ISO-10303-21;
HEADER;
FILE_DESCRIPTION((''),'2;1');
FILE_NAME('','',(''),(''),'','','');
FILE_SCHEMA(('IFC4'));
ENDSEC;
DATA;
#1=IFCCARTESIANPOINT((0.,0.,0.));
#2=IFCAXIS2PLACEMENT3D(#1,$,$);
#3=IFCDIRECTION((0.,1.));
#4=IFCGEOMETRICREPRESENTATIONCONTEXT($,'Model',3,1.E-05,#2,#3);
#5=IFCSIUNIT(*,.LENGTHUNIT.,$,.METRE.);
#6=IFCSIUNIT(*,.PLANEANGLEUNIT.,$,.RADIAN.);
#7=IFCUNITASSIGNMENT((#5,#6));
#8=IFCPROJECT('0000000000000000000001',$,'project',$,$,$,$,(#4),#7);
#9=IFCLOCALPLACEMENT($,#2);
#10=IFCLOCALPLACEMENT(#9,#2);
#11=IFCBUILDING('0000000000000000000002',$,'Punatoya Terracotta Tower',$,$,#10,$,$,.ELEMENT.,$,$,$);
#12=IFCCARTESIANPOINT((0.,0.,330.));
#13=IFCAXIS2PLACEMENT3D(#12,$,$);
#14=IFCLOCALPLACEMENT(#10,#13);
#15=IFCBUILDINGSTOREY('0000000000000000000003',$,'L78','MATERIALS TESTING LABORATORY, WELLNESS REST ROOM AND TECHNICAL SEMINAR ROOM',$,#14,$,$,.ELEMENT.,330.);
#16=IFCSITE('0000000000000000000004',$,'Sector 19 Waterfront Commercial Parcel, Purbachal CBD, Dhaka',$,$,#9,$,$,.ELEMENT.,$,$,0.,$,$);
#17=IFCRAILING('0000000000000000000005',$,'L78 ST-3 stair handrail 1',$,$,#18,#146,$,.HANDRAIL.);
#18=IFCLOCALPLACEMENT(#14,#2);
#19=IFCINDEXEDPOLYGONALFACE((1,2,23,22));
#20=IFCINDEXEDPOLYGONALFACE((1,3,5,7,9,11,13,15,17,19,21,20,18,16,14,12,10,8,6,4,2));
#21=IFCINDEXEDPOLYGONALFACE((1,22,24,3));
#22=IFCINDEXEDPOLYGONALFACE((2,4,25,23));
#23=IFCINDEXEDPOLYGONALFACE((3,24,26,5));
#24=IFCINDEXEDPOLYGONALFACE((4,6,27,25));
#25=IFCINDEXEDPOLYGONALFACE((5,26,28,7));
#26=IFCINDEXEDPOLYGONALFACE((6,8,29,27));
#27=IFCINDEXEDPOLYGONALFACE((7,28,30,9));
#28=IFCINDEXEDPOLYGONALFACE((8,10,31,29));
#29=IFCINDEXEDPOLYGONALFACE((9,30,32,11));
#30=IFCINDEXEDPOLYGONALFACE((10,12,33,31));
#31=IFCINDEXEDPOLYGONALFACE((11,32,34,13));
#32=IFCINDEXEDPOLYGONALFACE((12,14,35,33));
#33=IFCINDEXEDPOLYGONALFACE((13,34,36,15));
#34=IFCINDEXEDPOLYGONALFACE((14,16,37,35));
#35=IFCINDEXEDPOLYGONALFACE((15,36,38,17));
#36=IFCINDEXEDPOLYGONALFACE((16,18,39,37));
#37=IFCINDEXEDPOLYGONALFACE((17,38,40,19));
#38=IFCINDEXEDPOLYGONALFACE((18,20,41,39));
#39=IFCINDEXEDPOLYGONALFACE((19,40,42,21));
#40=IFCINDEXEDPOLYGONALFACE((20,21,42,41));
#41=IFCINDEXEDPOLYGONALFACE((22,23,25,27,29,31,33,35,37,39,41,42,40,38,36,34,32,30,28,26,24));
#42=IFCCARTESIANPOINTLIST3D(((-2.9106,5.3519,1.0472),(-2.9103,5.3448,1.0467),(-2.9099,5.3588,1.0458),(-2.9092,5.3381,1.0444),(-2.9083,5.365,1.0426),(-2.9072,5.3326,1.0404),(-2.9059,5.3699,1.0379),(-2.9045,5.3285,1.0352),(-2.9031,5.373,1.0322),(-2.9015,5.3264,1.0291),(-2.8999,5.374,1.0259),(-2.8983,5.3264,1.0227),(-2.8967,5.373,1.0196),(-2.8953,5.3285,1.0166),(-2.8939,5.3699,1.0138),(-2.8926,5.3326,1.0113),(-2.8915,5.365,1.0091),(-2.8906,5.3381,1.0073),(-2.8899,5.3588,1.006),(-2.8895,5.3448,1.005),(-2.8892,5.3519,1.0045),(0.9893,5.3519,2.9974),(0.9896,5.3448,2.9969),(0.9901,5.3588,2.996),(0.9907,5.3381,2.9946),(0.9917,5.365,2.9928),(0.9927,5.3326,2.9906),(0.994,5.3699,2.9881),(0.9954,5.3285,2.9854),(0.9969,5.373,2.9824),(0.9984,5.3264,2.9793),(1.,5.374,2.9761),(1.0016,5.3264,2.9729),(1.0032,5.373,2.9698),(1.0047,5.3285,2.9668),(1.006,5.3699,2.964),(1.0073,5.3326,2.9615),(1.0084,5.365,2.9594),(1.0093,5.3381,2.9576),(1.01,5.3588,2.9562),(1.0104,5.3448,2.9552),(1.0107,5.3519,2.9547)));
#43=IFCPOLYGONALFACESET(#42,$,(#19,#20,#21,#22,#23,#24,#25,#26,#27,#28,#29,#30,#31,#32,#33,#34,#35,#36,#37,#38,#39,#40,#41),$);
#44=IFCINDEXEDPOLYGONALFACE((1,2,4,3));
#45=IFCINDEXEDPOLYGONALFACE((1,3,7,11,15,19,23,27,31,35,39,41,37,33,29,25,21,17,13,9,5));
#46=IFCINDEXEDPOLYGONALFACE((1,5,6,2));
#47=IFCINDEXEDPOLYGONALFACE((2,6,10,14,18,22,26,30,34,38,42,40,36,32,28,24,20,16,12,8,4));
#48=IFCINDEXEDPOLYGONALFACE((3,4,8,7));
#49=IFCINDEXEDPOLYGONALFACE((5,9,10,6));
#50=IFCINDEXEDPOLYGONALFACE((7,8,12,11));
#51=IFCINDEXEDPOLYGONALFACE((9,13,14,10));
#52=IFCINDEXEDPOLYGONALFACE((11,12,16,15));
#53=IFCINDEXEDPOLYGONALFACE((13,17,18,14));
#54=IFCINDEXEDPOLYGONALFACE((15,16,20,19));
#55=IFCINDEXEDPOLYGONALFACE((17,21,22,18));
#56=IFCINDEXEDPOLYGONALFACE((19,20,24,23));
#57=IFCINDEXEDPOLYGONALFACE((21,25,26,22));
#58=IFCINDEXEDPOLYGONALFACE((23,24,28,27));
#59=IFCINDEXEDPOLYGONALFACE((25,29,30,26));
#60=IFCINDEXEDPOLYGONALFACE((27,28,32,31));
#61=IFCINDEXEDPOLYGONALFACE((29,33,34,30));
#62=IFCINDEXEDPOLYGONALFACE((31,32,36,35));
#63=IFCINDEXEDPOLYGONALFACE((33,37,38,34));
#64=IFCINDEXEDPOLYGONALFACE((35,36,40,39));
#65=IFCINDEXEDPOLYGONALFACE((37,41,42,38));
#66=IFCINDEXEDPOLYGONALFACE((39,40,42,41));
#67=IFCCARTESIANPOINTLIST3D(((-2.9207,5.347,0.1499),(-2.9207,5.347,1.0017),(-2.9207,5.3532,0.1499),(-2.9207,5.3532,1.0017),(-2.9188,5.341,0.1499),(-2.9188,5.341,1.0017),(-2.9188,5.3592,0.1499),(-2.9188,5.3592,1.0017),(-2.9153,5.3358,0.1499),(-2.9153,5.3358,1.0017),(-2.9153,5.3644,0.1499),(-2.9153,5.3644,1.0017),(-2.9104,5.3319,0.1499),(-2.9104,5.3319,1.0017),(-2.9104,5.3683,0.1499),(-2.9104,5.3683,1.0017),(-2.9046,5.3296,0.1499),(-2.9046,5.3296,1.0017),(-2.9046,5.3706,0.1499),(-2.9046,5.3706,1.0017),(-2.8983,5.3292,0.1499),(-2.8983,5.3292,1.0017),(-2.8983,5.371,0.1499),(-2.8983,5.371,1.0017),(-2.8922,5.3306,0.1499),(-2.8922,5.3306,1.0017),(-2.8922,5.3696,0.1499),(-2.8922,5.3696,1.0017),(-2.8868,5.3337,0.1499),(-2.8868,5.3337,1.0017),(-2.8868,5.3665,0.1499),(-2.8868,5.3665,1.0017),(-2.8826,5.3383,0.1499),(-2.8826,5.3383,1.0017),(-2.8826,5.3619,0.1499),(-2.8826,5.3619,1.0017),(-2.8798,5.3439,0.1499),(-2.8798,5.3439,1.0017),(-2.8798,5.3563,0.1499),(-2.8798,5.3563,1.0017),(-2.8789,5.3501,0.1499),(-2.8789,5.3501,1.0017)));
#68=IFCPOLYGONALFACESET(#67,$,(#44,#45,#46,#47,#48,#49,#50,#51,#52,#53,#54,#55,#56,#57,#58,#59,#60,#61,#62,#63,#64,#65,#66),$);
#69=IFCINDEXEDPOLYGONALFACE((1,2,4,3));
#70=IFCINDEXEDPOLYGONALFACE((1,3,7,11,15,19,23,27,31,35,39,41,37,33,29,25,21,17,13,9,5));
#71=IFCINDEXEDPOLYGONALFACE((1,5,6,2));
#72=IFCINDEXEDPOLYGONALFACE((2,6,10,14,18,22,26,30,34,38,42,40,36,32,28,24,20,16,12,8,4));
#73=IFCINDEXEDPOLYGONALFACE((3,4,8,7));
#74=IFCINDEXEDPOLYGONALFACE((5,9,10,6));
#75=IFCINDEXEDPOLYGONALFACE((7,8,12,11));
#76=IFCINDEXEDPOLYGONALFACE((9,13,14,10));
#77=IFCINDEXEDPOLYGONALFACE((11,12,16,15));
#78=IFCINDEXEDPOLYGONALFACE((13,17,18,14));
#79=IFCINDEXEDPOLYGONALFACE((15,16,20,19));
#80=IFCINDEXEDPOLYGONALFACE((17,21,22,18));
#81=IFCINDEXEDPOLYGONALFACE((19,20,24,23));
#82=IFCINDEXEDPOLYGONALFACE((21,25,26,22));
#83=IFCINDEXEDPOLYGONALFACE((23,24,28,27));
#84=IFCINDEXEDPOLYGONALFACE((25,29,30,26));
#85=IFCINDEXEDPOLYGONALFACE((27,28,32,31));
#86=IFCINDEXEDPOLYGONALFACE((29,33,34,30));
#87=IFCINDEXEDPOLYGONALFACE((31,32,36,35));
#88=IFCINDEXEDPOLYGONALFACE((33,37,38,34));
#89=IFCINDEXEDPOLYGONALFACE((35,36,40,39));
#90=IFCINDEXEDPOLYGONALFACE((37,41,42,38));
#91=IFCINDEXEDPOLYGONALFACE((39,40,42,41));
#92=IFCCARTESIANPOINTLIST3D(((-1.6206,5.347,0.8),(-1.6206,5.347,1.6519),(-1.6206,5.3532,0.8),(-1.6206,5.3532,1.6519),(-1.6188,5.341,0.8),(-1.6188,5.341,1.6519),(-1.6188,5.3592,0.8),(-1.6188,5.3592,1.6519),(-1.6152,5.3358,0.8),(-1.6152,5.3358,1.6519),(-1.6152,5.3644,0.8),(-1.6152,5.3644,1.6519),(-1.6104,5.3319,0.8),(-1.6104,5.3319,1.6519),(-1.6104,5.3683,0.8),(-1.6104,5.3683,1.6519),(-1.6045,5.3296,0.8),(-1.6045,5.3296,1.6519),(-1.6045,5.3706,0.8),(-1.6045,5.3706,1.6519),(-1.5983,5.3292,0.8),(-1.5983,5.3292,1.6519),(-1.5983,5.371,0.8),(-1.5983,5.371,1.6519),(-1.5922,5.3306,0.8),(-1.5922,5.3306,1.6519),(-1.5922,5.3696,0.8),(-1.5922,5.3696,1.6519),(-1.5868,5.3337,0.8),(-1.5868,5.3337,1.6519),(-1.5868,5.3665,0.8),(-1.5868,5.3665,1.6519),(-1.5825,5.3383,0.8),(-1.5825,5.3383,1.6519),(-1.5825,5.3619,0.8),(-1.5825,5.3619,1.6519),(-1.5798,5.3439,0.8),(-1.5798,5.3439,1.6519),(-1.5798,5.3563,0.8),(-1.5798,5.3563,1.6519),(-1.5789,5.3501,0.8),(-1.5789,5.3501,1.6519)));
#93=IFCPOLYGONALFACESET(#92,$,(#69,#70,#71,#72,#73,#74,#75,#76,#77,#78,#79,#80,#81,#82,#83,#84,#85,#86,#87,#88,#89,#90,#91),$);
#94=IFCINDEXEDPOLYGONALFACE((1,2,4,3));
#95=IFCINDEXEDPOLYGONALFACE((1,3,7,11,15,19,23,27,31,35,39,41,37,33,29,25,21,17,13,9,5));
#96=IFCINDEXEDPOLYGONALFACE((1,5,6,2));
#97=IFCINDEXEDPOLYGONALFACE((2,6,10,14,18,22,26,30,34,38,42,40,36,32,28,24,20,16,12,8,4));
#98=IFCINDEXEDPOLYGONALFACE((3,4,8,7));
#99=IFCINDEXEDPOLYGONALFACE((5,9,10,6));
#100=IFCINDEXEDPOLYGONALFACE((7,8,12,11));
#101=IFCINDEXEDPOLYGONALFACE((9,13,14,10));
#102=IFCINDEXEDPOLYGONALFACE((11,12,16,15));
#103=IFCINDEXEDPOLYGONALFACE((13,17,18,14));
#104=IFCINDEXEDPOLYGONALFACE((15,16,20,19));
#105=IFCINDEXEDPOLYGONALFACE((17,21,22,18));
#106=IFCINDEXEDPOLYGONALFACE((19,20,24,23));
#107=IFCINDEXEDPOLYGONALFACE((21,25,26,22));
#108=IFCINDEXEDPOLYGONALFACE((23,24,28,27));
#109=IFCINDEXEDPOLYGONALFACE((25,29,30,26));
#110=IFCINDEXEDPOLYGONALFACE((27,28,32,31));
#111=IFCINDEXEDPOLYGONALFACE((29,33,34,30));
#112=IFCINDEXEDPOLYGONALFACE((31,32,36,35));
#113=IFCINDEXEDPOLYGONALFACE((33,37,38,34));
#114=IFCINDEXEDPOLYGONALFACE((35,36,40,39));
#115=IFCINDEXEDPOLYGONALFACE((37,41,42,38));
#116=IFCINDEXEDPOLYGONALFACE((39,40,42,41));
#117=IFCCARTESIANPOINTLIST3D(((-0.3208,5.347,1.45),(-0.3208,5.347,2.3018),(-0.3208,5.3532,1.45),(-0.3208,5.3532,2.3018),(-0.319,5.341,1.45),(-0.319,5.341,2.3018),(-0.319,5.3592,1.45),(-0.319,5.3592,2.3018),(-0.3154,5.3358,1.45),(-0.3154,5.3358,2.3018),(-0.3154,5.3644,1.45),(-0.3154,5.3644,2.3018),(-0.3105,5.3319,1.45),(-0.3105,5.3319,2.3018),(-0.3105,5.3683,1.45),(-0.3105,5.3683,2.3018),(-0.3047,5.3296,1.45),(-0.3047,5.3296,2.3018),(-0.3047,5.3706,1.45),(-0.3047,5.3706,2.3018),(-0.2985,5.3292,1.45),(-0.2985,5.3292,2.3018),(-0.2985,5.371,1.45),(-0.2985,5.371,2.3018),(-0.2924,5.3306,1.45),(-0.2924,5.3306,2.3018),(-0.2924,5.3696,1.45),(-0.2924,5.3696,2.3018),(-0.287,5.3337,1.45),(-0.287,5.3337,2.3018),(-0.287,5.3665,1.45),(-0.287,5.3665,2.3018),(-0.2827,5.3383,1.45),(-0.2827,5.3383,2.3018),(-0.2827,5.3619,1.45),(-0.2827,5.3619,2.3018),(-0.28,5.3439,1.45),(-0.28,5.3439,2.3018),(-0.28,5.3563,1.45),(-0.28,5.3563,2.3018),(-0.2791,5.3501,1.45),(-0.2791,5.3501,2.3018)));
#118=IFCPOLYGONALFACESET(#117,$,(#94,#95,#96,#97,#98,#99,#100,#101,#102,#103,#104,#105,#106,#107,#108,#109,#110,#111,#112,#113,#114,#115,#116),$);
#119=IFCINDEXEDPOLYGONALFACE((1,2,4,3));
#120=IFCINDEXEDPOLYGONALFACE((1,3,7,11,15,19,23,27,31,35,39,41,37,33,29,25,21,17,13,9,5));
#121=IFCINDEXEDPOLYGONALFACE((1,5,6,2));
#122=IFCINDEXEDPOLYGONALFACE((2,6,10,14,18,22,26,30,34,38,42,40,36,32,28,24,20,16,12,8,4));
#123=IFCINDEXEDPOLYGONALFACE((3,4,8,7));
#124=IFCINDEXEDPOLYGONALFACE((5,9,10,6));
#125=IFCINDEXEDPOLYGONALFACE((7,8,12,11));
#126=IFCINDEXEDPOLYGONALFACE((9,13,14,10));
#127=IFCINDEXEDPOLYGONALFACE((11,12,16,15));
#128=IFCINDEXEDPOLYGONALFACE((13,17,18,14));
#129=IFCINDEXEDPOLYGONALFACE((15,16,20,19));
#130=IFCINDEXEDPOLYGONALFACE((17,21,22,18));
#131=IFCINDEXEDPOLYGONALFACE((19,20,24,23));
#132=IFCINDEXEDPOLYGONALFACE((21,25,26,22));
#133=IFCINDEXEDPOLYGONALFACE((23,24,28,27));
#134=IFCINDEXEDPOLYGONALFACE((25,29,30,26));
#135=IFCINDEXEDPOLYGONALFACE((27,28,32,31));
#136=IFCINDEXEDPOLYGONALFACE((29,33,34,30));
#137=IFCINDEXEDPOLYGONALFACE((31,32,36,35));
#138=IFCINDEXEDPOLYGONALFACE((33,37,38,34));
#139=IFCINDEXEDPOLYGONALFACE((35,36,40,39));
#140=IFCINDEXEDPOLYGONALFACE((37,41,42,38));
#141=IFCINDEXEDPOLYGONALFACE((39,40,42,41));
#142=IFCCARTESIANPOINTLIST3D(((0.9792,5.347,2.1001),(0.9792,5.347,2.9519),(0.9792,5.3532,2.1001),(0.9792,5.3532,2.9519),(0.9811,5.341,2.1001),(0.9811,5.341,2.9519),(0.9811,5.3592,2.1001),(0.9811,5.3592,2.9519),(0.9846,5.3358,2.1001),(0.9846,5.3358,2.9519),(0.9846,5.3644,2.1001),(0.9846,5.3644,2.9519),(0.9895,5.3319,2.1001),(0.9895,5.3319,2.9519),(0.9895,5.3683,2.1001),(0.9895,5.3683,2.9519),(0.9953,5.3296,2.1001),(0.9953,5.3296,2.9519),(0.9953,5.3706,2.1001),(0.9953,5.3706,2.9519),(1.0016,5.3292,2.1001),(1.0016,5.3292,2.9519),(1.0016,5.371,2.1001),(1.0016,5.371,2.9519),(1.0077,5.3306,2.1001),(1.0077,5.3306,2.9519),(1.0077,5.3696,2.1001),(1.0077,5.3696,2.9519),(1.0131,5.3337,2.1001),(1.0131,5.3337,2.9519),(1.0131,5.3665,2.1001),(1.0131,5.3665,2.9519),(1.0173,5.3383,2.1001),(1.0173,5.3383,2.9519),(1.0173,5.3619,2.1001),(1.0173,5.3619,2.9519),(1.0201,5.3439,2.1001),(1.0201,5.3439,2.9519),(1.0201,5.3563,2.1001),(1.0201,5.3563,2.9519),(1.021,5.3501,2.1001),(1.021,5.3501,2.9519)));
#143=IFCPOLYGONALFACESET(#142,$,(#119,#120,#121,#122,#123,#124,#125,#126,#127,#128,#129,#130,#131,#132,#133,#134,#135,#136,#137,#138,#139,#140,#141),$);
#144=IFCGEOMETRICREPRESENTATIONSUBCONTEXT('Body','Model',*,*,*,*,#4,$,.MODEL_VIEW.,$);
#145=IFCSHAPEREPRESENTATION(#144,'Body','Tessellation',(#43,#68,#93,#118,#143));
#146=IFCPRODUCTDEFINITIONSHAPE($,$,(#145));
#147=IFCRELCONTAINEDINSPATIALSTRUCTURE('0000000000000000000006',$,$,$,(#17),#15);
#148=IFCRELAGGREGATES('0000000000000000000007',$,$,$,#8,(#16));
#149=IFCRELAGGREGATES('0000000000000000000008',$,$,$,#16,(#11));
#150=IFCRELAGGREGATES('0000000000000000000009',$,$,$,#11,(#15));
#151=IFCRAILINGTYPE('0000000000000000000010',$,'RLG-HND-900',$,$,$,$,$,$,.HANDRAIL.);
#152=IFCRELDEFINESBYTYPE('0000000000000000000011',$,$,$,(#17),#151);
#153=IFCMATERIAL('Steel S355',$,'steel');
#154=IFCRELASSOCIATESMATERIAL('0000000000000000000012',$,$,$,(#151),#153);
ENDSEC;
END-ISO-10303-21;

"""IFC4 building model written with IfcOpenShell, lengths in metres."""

from ifc_helpers import new_model, si_unit, direction, frame, origin, origin_2d, place, context, subcontext, project, spatial, circle, extrude, material, type_object, element, save


model = new_model("IFC4")

# Units and contexts
model_context = context("Model", 3, precision=1e-05, world=origin(), true_north=direction((0.0, 1.0)))
body_context = subcontext(model_context, "Body", "Model", "MODEL_VIEW")
ifc_project = project(units=[si_unit("LENGTHUNIT", "METRE"), si_unit("PLANEANGLEUNIT", "RADIAN")], contexts=[model_context])

# Site, building, storey
site_placement = place(None, origin())
site = spatial("IfcSite", under=ifc_project, at=site_placement, Name="Sector 19 Waterfront Commercial Parcel, Purbachal CBD, Dhaka", CompositionType="ELEMENT", RefElevation=0.0)
building_placement = place(site_placement, origin())
building = spatial("IfcBuilding", under=site, at=building_placement, Name="Punatoya Terracotta Tower", CompositionType="ELEMENT")
storey_placement = place(building_placement, frame((0.0, 0.0, 330.0)))
storey = spatial("IfcBuildingStorey", under=building, at=storey_placement, Name="L78", Description="MATERIALS TESTING LABORATORY, WELLNESS REST ROOM AND TECHNICAL SEMINAR ROOM", CompositionType="ELEMENT", Elevation=330.0)

# Shared definitions
ifc_material_1 = material(Name="Steel S355", Category="steel")

# Railing
railing_type_1 = type_object("IfcRailingType", Name="RLG-HND-900", PredefinedType="HANDRAIL", material=ifc_material_1)
railing_1_placement = place(storey_placement, frame((-2.8999, 5.3501, 0.1499)))
element("IfcRailing", 1, at=railing_1_placement, inside=storey, type_object=railing_type_1, Name="L78 ST-3 stair handrail 1", PredefinedType="HANDRAIL", context=body_context, shape_type="SweptSolid", body=[
    extrude(circle(Radius=0.0239, at=origin_2d()), frame((0.0, 0.0, 0.876), z_axis=(0.894405, 0.0, 0.447258), x_axis=(0.0, 1.0, 0.0)), (0.0, 0.0, 1.0), 4.3604),
    extrude(circle(Radius=0.021, at=origin_2d()), origin(), (0.0, 0.0, 1.0), 0.8518),
    extrude(circle(Radius=0.021, at=origin_2d()), frame((1.3, 0.0, 0.6501)), (0.0, 0.0, 1.0), 0.8518),
    extrude(circle(Radius=0.021, at=origin_2d()), frame((2.5999, 0.0, 1.3)), (0.0, 0.0, 1.0), 0.8518),
    extrude(circle(Radius=0.021, at=origin_2d()), frame((3.8999, 0.0, 1.9502)), (0.0, 0.0, 1.0), 0.8518),
])

save(model, "model.ifc")
